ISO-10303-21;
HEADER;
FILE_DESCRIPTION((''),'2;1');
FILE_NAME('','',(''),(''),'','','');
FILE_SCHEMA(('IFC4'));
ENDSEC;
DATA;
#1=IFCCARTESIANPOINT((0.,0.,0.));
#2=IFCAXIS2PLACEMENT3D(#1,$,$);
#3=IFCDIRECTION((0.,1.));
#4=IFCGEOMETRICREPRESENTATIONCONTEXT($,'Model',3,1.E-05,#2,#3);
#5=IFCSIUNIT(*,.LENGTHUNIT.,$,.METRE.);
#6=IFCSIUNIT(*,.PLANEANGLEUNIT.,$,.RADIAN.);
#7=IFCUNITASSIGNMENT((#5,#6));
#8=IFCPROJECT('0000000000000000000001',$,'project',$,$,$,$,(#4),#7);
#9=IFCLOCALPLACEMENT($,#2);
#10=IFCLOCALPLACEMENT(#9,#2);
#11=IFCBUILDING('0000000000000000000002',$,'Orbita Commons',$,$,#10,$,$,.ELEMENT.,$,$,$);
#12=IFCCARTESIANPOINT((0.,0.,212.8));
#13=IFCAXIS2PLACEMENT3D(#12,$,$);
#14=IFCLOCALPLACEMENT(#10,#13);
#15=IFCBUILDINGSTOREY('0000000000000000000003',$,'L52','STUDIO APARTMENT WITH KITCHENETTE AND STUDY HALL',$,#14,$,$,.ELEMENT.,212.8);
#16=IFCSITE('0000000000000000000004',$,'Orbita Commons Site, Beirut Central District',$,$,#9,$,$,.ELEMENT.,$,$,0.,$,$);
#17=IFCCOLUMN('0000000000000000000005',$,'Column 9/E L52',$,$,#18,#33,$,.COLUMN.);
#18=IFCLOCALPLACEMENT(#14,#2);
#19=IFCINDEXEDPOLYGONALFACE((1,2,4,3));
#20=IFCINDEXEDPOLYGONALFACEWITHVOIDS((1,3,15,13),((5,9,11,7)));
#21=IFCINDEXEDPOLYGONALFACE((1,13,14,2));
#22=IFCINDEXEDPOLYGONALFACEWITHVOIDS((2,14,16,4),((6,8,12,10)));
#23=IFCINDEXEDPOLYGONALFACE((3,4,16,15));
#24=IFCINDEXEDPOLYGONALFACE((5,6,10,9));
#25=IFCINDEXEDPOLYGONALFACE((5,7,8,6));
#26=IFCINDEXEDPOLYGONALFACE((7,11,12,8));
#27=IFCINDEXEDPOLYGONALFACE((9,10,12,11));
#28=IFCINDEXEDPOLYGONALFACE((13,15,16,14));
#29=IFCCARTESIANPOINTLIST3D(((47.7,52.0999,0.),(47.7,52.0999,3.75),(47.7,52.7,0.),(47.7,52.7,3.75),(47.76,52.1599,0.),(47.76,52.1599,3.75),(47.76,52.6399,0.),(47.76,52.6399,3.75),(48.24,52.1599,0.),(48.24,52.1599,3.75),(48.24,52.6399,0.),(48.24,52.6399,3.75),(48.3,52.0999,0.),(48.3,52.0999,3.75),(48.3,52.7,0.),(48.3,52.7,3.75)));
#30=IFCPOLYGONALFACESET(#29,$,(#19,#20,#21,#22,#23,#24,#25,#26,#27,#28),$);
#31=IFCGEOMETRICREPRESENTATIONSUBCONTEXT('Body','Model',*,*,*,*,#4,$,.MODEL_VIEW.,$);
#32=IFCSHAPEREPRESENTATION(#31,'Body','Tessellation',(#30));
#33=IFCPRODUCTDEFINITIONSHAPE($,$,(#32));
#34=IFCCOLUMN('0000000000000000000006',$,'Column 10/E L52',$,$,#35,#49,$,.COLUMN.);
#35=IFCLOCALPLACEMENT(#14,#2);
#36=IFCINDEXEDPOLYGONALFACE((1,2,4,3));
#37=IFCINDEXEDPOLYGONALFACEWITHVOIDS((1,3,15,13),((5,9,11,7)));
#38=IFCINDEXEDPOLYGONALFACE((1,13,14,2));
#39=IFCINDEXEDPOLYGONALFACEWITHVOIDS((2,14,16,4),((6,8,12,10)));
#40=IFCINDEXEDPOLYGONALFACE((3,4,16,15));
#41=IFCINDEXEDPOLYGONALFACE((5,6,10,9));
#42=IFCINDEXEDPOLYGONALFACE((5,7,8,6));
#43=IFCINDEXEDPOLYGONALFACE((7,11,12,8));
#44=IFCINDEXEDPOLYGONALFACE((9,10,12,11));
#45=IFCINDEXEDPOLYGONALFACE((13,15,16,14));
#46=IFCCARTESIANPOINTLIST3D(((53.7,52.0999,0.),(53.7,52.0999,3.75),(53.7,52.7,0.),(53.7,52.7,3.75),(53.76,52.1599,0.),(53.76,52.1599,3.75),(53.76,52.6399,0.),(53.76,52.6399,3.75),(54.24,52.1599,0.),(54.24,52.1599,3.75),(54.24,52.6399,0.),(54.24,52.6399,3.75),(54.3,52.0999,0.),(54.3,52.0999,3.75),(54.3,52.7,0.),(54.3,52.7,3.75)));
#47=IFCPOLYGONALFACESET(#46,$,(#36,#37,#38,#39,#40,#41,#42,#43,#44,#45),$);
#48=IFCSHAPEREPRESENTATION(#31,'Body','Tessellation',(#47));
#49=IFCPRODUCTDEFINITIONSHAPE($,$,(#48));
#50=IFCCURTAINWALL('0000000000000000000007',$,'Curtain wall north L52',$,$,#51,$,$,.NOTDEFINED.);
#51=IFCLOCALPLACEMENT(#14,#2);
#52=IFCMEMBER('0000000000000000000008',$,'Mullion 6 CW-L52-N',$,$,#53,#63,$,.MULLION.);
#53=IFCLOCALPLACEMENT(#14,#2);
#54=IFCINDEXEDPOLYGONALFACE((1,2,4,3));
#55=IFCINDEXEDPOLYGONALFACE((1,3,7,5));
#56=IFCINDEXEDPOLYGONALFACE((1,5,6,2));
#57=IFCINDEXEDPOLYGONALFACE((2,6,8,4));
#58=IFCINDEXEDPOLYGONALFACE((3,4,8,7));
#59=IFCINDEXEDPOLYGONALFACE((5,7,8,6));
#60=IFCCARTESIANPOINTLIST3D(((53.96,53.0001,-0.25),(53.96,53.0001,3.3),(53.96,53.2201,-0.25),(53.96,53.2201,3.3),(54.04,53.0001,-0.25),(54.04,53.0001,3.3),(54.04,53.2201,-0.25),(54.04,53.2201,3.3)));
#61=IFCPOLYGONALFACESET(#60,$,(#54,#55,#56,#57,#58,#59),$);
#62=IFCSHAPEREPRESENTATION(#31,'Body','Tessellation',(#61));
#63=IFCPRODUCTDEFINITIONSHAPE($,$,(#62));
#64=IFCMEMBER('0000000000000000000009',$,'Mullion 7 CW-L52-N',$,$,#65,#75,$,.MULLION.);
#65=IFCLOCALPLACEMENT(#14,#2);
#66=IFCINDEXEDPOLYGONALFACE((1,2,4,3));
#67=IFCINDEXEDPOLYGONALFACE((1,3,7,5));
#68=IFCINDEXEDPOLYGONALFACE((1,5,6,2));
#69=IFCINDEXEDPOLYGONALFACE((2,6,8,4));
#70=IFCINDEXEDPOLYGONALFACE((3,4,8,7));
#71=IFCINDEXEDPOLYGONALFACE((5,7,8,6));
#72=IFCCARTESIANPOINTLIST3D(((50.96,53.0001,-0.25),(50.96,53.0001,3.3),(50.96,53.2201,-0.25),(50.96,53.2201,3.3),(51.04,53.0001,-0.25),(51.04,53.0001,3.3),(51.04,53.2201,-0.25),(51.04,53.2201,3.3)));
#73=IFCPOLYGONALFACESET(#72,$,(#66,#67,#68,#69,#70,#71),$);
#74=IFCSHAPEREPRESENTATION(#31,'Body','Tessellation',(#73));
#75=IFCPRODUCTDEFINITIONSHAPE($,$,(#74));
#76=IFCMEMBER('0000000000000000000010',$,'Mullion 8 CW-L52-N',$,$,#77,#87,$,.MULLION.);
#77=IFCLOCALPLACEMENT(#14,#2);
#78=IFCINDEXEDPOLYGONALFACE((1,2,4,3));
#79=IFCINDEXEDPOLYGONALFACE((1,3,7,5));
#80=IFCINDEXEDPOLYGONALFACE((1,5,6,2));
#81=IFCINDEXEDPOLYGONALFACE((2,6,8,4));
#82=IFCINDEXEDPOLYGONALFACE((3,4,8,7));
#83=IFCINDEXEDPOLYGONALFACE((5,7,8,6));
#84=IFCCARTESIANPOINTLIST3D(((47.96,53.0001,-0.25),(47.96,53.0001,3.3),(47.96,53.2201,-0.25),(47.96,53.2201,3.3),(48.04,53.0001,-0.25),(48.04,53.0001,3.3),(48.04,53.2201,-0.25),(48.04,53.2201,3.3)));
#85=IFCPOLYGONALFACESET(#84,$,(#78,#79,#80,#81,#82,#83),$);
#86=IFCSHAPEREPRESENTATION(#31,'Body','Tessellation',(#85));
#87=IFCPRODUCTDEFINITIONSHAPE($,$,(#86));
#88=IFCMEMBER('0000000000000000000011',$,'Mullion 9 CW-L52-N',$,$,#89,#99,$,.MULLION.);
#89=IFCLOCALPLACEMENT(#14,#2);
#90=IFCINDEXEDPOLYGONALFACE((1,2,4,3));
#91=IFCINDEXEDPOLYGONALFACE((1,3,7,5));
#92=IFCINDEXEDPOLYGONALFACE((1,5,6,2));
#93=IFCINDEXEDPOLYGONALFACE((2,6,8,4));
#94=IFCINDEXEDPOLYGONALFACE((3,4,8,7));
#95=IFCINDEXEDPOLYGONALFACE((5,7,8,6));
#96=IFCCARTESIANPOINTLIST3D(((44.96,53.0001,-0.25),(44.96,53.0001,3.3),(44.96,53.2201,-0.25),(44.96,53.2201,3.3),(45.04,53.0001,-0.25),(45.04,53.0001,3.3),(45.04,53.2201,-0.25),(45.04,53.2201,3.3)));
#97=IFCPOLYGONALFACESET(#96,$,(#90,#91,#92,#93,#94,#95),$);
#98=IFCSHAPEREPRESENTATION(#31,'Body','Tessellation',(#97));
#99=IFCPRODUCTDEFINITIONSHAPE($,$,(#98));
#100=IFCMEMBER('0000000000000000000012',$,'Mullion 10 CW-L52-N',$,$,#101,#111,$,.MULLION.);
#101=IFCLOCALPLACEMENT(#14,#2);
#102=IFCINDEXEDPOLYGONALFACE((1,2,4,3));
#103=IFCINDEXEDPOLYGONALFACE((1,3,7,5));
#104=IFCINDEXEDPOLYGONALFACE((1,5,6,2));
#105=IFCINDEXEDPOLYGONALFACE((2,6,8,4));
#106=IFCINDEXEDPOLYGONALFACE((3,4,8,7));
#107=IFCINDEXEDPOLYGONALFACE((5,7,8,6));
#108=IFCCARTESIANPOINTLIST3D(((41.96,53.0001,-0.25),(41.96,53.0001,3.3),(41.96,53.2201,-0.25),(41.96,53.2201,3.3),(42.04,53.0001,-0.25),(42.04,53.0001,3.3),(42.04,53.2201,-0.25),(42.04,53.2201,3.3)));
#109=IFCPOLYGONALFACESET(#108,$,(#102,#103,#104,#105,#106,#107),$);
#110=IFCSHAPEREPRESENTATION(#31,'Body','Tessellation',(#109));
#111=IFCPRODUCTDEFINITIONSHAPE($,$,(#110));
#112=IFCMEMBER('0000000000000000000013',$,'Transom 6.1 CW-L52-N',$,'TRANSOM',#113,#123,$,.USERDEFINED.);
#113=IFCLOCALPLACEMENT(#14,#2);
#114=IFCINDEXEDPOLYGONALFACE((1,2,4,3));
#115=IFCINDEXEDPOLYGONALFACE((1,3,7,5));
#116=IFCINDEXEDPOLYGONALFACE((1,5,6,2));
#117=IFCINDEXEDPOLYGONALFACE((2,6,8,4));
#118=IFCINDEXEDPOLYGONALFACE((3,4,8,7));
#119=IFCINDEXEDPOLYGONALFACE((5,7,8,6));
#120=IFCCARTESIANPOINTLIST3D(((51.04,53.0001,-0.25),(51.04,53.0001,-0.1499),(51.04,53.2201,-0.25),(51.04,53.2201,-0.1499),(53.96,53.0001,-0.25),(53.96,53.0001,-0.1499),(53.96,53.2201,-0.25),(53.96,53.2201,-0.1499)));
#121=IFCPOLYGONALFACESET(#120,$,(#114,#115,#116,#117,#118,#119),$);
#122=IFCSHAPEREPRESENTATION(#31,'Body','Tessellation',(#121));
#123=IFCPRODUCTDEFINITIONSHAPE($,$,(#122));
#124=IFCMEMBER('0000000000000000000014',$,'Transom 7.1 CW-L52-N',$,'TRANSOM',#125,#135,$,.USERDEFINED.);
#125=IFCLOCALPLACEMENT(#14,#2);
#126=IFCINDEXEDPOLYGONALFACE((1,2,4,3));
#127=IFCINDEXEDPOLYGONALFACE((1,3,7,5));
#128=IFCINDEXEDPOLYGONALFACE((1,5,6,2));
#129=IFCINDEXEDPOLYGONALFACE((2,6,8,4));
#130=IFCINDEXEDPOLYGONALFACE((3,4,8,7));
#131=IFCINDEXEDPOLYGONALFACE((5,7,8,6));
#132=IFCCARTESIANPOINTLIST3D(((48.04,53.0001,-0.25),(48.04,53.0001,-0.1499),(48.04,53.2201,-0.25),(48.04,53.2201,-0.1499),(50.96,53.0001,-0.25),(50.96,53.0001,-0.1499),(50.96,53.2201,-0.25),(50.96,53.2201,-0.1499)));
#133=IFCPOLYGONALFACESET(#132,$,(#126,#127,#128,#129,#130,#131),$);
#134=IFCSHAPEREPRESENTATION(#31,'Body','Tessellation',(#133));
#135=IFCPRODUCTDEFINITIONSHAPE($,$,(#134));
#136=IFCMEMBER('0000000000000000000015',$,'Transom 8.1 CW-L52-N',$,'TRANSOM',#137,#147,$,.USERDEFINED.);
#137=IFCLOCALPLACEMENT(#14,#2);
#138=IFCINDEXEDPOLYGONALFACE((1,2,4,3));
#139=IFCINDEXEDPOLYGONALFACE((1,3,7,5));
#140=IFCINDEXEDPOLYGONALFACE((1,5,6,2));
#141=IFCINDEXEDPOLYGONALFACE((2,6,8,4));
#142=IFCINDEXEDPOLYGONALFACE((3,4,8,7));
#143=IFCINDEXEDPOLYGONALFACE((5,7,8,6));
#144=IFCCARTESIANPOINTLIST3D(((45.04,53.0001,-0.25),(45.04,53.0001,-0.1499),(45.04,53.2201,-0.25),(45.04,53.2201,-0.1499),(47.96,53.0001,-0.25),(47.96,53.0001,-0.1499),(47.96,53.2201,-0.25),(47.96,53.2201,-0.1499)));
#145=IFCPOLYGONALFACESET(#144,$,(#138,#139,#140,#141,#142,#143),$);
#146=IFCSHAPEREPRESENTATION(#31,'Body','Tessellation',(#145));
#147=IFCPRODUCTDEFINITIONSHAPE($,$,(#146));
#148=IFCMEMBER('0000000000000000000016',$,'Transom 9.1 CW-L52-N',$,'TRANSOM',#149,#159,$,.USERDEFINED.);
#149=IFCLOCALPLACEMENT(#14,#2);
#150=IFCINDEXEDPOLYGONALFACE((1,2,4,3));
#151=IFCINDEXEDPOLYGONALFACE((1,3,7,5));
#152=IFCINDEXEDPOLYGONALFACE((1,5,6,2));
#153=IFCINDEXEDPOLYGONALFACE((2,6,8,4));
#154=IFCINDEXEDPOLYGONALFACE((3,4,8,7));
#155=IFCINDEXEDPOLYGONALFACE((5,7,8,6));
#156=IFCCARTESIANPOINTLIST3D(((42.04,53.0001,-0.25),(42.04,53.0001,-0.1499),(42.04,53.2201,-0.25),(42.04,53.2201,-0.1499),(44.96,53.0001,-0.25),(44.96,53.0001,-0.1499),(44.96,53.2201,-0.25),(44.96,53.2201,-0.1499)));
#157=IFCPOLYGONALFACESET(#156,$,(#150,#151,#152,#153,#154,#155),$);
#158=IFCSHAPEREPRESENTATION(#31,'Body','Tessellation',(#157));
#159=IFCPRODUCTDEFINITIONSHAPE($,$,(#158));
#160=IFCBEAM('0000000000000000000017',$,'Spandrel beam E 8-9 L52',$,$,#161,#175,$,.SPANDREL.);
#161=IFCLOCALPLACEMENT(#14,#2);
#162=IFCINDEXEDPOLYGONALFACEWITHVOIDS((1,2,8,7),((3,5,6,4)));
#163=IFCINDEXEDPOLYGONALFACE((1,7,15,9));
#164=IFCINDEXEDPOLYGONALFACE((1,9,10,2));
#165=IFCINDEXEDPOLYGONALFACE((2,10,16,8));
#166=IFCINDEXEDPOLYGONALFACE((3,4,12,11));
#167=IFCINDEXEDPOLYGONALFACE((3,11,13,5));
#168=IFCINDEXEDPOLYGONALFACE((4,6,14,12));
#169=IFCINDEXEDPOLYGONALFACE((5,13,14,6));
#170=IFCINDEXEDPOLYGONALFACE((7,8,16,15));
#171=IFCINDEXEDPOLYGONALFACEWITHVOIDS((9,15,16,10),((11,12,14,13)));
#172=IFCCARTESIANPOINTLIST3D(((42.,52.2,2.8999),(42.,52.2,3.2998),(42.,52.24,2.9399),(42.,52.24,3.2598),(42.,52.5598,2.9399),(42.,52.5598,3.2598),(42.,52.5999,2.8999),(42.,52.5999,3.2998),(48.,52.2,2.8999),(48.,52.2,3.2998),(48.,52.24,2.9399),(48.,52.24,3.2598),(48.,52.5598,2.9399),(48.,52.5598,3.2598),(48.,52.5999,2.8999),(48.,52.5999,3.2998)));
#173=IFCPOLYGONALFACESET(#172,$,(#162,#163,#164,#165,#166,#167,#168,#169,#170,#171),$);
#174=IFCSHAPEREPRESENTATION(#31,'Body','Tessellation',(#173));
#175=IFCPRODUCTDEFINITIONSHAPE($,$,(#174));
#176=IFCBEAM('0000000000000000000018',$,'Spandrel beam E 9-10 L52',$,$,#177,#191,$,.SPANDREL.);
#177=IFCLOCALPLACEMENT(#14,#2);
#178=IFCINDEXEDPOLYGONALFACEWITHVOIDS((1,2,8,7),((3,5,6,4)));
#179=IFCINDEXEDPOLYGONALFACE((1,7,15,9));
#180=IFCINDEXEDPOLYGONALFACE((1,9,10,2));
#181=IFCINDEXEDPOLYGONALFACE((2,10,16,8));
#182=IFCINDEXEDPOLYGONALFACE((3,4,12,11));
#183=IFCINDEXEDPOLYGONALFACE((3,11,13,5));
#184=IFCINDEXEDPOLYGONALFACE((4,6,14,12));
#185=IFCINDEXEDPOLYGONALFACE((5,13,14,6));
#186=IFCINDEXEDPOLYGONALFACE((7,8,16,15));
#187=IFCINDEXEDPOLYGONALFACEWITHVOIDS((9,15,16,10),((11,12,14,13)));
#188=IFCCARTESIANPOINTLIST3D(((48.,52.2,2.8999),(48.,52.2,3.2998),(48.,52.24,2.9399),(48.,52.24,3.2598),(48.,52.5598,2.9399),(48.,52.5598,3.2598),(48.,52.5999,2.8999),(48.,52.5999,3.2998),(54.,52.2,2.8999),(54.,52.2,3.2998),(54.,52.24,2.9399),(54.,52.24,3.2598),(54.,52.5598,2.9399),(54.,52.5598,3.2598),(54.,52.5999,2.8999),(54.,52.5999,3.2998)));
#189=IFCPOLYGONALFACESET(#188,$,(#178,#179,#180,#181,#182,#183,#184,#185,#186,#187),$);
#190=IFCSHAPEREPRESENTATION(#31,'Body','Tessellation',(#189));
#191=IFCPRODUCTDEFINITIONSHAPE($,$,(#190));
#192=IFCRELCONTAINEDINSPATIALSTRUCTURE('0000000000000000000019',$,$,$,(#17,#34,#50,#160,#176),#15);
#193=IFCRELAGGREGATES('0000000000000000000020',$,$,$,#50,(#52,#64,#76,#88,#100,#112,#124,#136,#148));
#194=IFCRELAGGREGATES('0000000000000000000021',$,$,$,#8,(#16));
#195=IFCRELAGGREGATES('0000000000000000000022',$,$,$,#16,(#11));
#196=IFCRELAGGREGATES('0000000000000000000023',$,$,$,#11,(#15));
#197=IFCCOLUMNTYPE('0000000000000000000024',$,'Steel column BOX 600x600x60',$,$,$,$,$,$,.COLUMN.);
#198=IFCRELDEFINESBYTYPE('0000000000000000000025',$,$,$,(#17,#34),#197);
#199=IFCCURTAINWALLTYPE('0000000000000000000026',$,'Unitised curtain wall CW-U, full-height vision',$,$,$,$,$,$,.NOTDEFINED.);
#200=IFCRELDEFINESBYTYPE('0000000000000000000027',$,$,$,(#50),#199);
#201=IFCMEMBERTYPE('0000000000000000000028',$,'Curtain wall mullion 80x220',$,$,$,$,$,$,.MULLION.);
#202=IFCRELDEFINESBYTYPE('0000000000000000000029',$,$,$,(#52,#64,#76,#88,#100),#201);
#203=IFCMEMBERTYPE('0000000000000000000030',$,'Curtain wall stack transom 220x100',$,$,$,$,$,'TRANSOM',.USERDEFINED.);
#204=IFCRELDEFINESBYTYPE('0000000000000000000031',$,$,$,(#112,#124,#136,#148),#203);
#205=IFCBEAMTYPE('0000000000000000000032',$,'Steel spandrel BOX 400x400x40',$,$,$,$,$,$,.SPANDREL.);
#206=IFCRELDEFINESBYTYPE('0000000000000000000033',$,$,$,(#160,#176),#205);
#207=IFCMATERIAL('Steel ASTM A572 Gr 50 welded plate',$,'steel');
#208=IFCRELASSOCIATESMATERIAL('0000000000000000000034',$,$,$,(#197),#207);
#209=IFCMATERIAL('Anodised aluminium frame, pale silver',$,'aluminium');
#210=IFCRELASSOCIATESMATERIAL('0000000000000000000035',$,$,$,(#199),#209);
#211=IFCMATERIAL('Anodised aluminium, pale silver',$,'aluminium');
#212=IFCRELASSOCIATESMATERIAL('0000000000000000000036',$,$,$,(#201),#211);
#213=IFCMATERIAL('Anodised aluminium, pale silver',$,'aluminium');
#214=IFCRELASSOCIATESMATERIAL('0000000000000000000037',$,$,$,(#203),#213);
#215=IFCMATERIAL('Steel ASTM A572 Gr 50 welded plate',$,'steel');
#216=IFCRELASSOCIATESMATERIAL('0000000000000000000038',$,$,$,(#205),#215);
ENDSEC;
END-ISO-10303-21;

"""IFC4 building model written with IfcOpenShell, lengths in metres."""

from ifc_helpers import new_model, si_unit, direction, frame, origin, origin_2d, place, context, subcontext, project, spatial, rectangle, hollow_rectangle, extrude, material, material_profile, profile_set, type_object, element, aggregate, save


model = new_model("IFC4")

# Units and contexts
model_context = context("Model", 3, precision=1e-05, world=origin(), true_north=direction((0.0, 1.0)))
body_context = subcontext(model_context, "Body", "Model", "MODEL_VIEW")
ifc_project = project(units=[si_unit("LENGTHUNIT", "METRE"), si_unit("PLANEANGLEUNIT", "RADIAN")], contexts=[model_context])

# Site, building, storey
site_placement = place(None, origin())
site = spatial("IfcSite", under=ifc_project, at=site_placement, Name="Orbita Commons Site, Beirut Central District", CompositionType="ELEMENT", RefElevation=0.0)
building_placement = place(site_placement, origin())
building = spatial("IfcBuilding", under=site, at=building_placement, Name="Orbita Commons", CompositionType="ELEMENT")
storey_placement = place(building_placement, frame((0.0, 0.0, 212.8)))
storey = spatial("IfcBuildingStorey", under=building, at=storey_placement, Name="L52", Description="STUDIO APARTMENT WITH KITCHENETTE AND STUDY HALL", CompositionType="ELEMENT", Elevation=212.8)

# Columns
ifc_material_1 = material(Name="Steel ASTM A572 Gr 50 welded plate", Category="steel")
ifc_material_profile_1 = material_profile(ifc_material_1, hollow_rectangle(XDim=0.6001, YDim=0.6001, WallThickness=0.0601, at=origin_2d()), Name="BOX 600x600x60")
ifc_profile_set_1 = profile_set([ifc_material_profile_1], Name="Steel ASTM A572 Gr 50 welded plate")
column_type = type_object("IfcColumnType", Name="Steel column BOX 600x600x60", PredefinedType="COLUMN", material=ifc_profile_set_1)
for number, where, z_axis, x_axis, name in (
    (1, (48.0, 52.3999, 0.0), (0.0, 0.0, 1.0), (1.0, 0.0, 0.0), "Column 9/E L52"),
    (2, (54.0, 52.3999, 0.0), (0.0, 0.0, 1.0), (1.0, 0.0, 0.0), "Column 10/E L52"),
):
    element("IfcColumn", number, at=place(storey_placement, frame(where, z_axis=z_axis, x_axis=x_axis)), inside=storey, type_object=column_type, Name=name, PredefinedType="COLUMN", context=body_context, shape_type="SweptSolid", body=[
        extrude(hollow_rectangle(XDim=0.6001, YDim=0.6001, WallThickness=0.0601, at=origin_2d()), origin(), (0.0, 0.0, 1.0), 3.75),
    ])

# Curtain wall, members
ifc_material_2 = material(Name="Anodised aluminium frame, pale silver", Category="aluminium")
curtain_wall_type = type_object("IfcCurtainWallType", Name="Unitised curtain wall CW-U, full-height vision", PredefinedType="NOTDEFINED", material=ifc_material_2)
curtain_wall_placement = place(storey_placement, origin())
curtain_wall = element("IfcCurtainWall", 3, at=curtain_wall_placement, inside=storey, type_object=curtain_wall_type, Name="Curtain wall north L52", PredefinedType="NOTDEFINED")
ifc_material_3 = material(Name="Anodised aluminium, pale silver", Category="aluminium")
ifc_material_profile_2 = material_profile(ifc_material_3, rectangle(XDim=0.0801, YDim=0.22, at=origin_2d()), Name="AL 80x220")
ifc_profile_set_2 = profile_set([ifc_material_profile_2], Name="Anodised aluminium, pale silver")
member_type_1 = type_object("IfcMemberType", Name="Curtain wall mullion 80x220", PredefinedType="MULLION", material=ifc_profile_set_2)
member_1_placement = place(storey_placement, frame((54.0, 53.1101, -0.25), z_axis=(0.0, 0.0, 1.0), x_axis=(-1.0, 0.0, 0.0)))
member_1 = element("IfcMember", 4, at=member_1_placement, type_object=member_type_1, Name="Mullion 6 CW-L52-N", PredefinedType="MULLION", context=body_context, shape_type="SweptSolid", body=[
    extrude(rectangle(XDim=0.0801, YDim=0.22, at=origin_2d()), origin(), (0.0, 0.0, 1.0), 3.55),
])
member_2_placement = place(storey_placement, frame((51.0, 53.1101, -0.25), z_axis=(0.0, 0.0, 1.0), x_axis=(-1.0, 0.0, 0.0)))
member_2 = element("IfcMember", 5, at=member_2_placement, type_object=member_type_1, Name="Mullion 7 CW-L52-N", PredefinedType="MULLION", context=body_context, shape_type="SweptSolid", body=[
    extrude(rectangle(XDim=0.0801, YDim=0.22, at=origin_2d()), origin(), (0.0, 0.0, 1.0), 3.55),
])
member_3_placement = place(storey_placement, frame((48.0, 53.1101, -0.25), z_axis=(0.0, 0.0, 1.0), x_axis=(-1.0, 0.0, 0.0)))
member_3 = element("IfcMember", 6, at=member_3_placement, type_object=member_type_1, Name="Mullion 8 CW-L52-N", PredefinedType="MULLION", context=body_context, shape_type="SweptSolid", body=[
    extrude(rectangle(XDim=0.0801, YDim=0.22, at=origin_2d()), origin(), (0.0, 0.0, 1.0), 3.55),
])
member_4_placement = place(storey_placement, frame((45.0, 53.1101, -0.25), z_axis=(0.0, 0.0, 1.0), x_axis=(-1.0, 0.0, 0.0)))
member_4 = element("IfcMember", 7, at=member_4_placement, type_object=member_type_1, Name="Mullion 9 CW-L52-N", PredefinedType="MULLION", context=body_context, shape_type="SweptSolid", body=[
    extrude(rectangle(XDim=0.0801, YDim=0.22, at=origin_2d()), origin(), (0.0, 0.0, 1.0), 3.55),
])
member_5_placement = place(storey_placement, frame((42.0, 53.1101, -0.25), z_axis=(0.0, 0.0, 1.0), x_axis=(-1.0, 0.0, 0.0)))
member_5 = element("IfcMember", 8, at=member_5_placement, type_object=member_type_1, Name="Mullion 10 CW-L52-N", PredefinedType="MULLION", context=body_context, shape_type="SweptSolid", body=[
    extrude(rectangle(XDim=0.0801, YDim=0.22, at=origin_2d()), origin(), (0.0, 0.0, 1.0), 3.55),
])
ifc_material_4 = material(Name="Anodised aluminium, pale silver", Category="aluminium")
ifc_material_profile_3 = material_profile(ifc_material_4, rectangle(XDim=0.22, YDim=0.1001, at=origin_2d()), Name="AL 220x100")
ifc_profile_set_3 = profile_set([ifc_material_profile_3], Name="Anodised aluminium, pale silver")
member_type_2 = type_object("IfcMemberType", Name="Curtain wall stack transom 220x100", ElementType="TRANSOM", PredefinedType="USERDEFINED", material=ifc_profile_set_3)
member_6_placement = place(storey_placement, frame((53.96, 53.1101, -0.2), z_axis=(-1.0, 0.0, 0.0), x_axis=(0.0, -1.0, 0.0)))
member_6 = element("IfcMember", 9, at=member_6_placement, type_object=member_type_2, Name="Transom 6.1 CW-L52-N", ObjectType="TRANSOM", PredefinedType="USERDEFINED", context=body_context, shape_type="SweptSolid", body=[
    extrude(rectangle(XDim=0.22, YDim=0.1001, at=origin_2d()), origin(), (0.0, 0.0, 1.0), 2.9199),
])
member_7_placement = place(storey_placement, frame((50.96, 53.1101, -0.2), z_axis=(-1.0, 0.0, 0.0), x_axis=(0.0, -1.0, 0.0)))
member_7 = element("IfcMember", 10, at=member_7_placement, type_object=member_type_2, Name="Transom 7.1 CW-L52-N", ObjectType="TRANSOM", PredefinedType="USERDEFINED", context=body_context, shape_type="SweptSolid", body=[
    extrude(rectangle(XDim=0.22, YDim=0.1001, at=origin_2d()), origin(), (0.0, 0.0, 1.0), 2.9199),
])
member_8_placement = place(storey_placement, frame((47.96, 53.1101, -0.2), z_axis=(-1.0, 0.0, 0.0), x_axis=(0.0, -1.0, 0.0)))
member_8 = element("IfcMember", 11, at=member_8_placement, type_object=member_type_2, Name="Transom 8.1 CW-L52-N", ObjectType="TRANSOM", PredefinedType="USERDEFINED", context=body_context, shape_type="SweptSolid", body=[
    extrude(rectangle(XDim=0.22, YDim=0.1001, at=origin_2d()), origin(), (0.0, 0.0, 1.0), 2.9199),
])
member_9_placement = place(storey_placement, frame((44.96, 53.1101, -0.2), z_axis=(-1.0, 0.0, 0.0), x_axis=(0.0, -1.0, 0.0)))
member_9 = element("IfcMember", 12, at=member_9_placement, type_object=member_type_2, Name="Transom 9.1 CW-L52-N", ObjectType="TRANSOM", PredefinedType="USERDEFINED", context=body_context, shape_type="SweptSolid", body=[
    extrude(rectangle(XDim=0.22, YDim=0.1001, at=origin_2d()), origin(), (0.0, 0.0, 1.0), 2.9199),
])

# Beams
ifc_material_5 = material(Name="Steel ASTM A572 Gr 50 welded plate", Category="steel")
ifc_material_profile_4 = material_profile(ifc_material_5, hollow_rectangle(XDim=0.3999, YDim=0.3999, WallThickness=0.04, at=origin_2d()), Name="BOX 400x400x40")
ifc_profile_set_4 = profile_set([ifc_material_profile_4], Name="Steel ASTM A572 Gr 50 welded plate")
beam_type = type_object("IfcBeamType", Name="Steel spandrel BOX 400x400x40", PredefinedType="SPANDREL", material=ifc_profile_set_4)
for number, where, z_axis, x_axis, name in (
    (13, (42.0, 52.3999, 3.0999), (1.0, 0.0, 0.0), (0.0, 1.0, 0.0), "Spandrel beam E 8-9 L52"),
    (14, (48.0, 52.3999, 3.0999), (1.0, 0.0, 0.0), (0.0, 1.0, 0.0), "Spandrel beam E 9-10 L52"),
):
    element("IfcBeam", number, at=place(storey_placement, frame(where, z_axis=z_axis, x_axis=x_axis)), inside=storey, type_object=beam_type, Name=name, PredefinedType="SPANDREL", context=body_context, shape_type="SweptSolid", body=[
        extrude(hollow_rectangle(XDim=0.3999, YDim=0.3999, WallThickness=0.04, at=origin_2d()), origin(), (0.0, 0.0, 1.0), 6.0),
    ])

aggregate(curtain_wall, [member_1, member_2, member_3, member_4, member_5, member_6, member_7, member_8, member_9])

save(model, "model.ifc")
